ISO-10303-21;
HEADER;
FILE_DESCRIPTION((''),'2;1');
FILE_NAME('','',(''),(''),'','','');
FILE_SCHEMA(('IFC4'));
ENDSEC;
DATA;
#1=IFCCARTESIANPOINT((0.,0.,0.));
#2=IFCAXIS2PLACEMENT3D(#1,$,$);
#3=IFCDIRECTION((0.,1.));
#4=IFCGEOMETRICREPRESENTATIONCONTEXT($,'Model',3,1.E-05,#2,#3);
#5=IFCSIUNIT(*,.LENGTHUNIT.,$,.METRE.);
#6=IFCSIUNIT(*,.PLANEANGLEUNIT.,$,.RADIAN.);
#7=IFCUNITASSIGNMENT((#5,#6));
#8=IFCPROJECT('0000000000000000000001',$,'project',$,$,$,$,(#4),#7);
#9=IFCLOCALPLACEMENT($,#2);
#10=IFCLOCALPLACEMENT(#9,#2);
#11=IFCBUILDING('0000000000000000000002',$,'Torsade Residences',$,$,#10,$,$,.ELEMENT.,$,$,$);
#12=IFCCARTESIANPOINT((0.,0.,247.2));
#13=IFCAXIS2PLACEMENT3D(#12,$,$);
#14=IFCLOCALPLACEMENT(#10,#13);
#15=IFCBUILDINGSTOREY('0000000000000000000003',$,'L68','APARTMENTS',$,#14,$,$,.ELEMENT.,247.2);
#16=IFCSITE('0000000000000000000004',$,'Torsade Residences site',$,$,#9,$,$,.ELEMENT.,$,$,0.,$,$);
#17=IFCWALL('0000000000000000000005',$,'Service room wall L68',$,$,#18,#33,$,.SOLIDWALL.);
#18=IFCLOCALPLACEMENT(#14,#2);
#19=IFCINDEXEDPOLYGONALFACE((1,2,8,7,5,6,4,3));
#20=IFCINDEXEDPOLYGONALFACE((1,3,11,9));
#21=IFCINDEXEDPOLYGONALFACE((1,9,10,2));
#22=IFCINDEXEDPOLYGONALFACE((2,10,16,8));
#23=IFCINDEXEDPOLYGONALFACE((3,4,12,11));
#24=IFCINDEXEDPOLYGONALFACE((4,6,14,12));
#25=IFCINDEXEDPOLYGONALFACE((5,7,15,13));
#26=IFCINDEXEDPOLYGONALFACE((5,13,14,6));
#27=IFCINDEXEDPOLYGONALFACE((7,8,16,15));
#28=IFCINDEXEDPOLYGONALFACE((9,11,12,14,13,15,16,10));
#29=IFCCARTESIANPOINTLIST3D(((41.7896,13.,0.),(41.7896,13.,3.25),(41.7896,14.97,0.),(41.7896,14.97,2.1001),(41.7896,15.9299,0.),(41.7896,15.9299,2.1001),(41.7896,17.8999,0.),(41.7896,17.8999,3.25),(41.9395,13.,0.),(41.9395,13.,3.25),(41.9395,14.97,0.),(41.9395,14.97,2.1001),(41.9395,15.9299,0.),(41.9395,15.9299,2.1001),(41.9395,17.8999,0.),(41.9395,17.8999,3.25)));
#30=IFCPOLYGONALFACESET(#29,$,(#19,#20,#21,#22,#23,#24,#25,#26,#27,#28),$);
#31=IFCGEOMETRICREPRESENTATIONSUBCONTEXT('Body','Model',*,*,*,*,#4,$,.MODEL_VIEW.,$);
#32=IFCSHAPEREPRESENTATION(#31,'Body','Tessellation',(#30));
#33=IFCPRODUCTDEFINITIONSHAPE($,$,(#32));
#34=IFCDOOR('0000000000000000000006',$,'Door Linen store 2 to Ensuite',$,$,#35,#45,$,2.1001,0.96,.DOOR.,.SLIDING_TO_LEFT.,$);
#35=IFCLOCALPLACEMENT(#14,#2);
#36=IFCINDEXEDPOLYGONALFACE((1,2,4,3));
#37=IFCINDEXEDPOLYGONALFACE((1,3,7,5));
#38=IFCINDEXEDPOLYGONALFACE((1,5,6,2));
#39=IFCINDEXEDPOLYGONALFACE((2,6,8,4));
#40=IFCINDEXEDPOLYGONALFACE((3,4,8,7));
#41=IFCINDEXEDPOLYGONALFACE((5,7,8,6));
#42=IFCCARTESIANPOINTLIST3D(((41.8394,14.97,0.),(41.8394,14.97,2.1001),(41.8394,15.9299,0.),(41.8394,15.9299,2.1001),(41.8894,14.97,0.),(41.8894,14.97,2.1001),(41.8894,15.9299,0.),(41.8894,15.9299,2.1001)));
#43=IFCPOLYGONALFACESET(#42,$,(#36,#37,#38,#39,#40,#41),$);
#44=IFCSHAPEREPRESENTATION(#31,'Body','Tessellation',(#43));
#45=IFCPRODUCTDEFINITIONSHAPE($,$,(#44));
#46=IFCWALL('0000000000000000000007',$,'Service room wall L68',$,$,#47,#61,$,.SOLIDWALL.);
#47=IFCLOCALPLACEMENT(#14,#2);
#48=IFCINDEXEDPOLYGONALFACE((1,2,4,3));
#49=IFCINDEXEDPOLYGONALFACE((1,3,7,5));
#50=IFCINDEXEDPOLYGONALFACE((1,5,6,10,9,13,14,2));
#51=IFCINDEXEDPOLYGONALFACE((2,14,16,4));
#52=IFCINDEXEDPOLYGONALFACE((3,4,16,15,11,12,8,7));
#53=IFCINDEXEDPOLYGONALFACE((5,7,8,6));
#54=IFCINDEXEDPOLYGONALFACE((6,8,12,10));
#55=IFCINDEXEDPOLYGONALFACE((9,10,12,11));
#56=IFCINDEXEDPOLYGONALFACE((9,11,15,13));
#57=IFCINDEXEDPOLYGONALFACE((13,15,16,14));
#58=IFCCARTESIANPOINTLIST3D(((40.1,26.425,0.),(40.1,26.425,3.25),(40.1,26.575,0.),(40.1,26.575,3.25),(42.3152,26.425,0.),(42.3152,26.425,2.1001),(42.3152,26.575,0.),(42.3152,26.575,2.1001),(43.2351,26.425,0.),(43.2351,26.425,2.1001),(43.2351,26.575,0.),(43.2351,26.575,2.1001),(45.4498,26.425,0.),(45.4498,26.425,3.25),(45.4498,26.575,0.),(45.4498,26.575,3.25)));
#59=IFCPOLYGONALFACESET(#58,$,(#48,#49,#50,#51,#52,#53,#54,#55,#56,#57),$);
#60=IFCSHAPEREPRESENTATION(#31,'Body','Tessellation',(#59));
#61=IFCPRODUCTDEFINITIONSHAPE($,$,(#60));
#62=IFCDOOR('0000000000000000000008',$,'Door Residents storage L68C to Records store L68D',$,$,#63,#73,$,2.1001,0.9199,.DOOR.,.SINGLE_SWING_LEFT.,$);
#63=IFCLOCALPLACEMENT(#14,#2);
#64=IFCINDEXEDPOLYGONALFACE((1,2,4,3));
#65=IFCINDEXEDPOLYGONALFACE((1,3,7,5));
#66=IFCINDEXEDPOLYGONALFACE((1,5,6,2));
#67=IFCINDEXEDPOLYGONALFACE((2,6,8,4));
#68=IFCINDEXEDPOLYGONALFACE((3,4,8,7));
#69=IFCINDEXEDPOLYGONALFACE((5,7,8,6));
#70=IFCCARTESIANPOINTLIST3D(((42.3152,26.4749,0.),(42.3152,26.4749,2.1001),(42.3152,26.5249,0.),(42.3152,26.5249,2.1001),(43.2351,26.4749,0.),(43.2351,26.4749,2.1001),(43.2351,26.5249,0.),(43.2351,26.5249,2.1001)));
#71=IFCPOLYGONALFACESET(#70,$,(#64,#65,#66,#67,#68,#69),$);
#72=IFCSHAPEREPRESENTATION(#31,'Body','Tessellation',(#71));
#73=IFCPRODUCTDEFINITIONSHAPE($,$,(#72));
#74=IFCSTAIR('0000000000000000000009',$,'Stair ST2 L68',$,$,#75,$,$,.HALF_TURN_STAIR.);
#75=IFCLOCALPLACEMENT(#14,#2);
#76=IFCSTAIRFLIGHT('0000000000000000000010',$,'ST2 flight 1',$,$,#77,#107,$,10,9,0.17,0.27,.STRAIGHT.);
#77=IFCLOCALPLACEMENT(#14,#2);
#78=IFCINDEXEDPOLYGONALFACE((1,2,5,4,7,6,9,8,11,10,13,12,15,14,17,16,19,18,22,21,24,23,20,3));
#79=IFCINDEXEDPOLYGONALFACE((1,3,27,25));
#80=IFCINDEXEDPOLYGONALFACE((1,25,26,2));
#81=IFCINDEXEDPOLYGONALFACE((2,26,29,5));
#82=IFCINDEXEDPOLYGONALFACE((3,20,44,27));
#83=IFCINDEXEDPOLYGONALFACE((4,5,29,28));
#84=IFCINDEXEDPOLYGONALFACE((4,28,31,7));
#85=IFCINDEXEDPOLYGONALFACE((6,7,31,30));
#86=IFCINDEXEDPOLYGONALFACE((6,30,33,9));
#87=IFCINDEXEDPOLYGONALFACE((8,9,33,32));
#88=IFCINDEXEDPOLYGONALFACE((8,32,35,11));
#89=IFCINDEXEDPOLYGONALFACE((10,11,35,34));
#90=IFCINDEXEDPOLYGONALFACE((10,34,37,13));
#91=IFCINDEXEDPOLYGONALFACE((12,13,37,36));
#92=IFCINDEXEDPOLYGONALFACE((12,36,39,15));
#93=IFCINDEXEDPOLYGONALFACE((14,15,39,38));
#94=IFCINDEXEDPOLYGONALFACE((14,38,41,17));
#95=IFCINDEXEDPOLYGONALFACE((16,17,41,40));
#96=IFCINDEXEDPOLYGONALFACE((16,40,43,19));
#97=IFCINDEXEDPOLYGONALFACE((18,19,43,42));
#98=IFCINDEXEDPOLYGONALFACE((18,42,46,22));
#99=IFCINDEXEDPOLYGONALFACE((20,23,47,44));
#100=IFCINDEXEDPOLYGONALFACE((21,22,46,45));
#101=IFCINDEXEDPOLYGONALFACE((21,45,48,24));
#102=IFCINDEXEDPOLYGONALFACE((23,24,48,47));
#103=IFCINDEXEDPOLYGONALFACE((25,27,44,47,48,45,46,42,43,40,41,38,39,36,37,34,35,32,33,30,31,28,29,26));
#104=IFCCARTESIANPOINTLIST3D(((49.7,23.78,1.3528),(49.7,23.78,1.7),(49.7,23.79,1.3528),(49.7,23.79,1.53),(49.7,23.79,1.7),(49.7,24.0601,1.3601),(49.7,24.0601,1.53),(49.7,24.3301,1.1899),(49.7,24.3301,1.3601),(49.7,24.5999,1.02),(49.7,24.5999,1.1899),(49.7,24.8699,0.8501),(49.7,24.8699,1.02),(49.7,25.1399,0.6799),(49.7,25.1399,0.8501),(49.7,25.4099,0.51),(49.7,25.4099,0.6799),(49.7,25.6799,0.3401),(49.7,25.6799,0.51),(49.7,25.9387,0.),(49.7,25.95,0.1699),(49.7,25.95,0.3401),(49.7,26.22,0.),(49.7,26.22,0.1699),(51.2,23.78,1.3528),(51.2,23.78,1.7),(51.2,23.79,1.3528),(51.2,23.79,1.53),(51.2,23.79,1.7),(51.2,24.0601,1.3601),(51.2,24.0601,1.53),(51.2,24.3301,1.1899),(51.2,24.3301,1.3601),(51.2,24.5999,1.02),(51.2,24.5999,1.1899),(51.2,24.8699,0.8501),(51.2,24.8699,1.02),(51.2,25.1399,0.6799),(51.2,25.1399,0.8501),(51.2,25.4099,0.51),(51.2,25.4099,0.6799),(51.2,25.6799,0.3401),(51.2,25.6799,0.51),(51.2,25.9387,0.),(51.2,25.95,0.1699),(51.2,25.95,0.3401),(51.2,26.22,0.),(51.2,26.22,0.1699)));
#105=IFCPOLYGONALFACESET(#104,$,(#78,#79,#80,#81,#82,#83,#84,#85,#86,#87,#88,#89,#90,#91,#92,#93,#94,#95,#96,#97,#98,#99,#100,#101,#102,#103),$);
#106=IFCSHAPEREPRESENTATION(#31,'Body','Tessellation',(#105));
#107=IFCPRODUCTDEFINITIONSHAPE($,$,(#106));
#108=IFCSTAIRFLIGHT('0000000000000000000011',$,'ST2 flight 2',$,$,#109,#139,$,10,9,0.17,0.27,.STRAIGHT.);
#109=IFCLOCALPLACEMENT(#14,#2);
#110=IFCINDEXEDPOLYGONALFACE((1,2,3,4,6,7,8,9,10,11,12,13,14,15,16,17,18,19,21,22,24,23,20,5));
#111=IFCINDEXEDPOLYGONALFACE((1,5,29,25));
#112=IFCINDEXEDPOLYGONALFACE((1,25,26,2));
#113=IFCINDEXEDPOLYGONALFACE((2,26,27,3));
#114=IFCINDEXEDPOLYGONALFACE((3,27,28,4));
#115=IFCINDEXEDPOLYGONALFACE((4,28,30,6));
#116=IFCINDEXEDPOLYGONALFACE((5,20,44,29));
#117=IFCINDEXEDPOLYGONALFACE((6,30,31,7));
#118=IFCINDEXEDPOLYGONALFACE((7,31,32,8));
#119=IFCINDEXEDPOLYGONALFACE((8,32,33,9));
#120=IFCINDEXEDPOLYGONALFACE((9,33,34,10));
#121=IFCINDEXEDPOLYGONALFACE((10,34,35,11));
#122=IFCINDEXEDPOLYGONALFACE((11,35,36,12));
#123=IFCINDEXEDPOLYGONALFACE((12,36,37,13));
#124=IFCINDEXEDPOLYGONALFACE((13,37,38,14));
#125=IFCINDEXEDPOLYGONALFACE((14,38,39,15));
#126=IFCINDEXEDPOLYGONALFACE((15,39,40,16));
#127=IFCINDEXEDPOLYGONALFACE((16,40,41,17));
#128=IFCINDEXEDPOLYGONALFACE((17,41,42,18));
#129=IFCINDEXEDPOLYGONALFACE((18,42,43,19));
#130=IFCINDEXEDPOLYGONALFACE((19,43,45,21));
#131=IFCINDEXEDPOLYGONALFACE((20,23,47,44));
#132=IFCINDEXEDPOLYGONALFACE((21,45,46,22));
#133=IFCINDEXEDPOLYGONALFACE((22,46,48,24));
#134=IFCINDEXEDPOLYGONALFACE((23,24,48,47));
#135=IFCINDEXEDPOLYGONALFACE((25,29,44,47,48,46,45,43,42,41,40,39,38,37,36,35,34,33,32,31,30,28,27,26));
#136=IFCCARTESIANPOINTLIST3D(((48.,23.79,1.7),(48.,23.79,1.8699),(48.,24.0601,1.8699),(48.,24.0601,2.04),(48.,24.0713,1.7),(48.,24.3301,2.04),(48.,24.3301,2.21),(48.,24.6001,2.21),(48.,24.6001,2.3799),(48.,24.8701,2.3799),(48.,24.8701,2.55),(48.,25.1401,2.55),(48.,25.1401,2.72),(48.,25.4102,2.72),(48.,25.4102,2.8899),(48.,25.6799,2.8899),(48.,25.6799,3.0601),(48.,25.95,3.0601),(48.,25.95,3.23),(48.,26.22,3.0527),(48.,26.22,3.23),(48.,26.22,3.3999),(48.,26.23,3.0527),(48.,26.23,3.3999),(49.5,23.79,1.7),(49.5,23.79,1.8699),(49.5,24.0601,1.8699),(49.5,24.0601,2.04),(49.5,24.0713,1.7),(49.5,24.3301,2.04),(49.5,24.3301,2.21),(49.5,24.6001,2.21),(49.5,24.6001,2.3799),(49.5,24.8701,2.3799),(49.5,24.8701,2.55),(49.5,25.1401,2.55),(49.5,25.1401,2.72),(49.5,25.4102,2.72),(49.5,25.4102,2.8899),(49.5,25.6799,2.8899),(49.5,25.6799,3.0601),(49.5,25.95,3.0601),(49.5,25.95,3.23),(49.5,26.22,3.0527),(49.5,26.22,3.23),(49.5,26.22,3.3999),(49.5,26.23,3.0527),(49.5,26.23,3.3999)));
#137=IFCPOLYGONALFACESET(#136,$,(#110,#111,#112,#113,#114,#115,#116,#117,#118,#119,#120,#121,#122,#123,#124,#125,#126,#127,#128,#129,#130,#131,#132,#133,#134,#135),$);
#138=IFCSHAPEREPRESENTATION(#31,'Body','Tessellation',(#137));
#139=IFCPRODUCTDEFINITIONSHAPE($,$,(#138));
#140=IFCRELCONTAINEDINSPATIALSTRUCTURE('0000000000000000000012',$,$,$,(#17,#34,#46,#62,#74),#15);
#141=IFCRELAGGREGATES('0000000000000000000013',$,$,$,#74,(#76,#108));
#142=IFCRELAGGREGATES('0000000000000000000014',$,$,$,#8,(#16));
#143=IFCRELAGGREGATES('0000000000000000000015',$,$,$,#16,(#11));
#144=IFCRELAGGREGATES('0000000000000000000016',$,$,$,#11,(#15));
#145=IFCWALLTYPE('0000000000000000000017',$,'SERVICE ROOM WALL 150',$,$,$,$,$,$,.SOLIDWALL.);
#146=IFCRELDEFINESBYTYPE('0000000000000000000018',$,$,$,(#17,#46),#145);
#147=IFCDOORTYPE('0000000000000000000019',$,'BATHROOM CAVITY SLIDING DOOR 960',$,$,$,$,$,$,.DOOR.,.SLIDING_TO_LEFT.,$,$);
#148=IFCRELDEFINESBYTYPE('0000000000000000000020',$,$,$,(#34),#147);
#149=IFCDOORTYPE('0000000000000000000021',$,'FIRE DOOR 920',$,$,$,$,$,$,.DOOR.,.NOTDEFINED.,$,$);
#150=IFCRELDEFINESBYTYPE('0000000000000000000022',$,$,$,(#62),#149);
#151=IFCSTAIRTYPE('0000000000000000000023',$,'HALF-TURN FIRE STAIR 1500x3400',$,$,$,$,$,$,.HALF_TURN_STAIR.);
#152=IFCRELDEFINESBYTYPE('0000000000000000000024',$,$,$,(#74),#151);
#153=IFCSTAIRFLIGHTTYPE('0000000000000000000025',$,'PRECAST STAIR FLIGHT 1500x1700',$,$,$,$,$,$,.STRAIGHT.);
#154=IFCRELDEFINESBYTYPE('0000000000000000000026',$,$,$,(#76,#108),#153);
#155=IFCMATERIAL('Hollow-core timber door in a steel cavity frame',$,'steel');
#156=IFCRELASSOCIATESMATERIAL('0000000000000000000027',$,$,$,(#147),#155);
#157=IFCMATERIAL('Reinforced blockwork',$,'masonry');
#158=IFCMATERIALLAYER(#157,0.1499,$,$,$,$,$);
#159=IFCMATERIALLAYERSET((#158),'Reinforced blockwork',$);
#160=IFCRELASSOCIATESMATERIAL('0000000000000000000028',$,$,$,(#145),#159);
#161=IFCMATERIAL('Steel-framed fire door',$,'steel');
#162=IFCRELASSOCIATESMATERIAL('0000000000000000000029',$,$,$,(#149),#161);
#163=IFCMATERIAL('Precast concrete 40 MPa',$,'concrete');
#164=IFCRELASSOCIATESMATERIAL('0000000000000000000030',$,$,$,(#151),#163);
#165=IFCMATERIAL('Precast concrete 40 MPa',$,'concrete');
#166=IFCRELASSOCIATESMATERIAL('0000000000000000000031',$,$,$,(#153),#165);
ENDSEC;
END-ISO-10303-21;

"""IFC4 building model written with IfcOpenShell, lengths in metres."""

from ifc_helpers import new_model, si_unit, direction, frame, frame_2d, origin, place, context, subcontext, project, spatial, polyline, rectangle, outline, extrude, material, layer, layer_set, type_object, element, fill, aggregate, save


model = new_model("IFC4")

# Units and contexts
model_context = context("Model", 3, precision=1e-05, world=origin(), true_north=direction((0.0, 1.0)))
body_context = subcontext(model_context, "Body", "Model", "MODEL_VIEW")
ifc_project = project(units=[si_unit("LENGTHUNIT", "METRE"), si_unit("PLANEANGLEUNIT", "RADIAN")], contexts=[model_context])

# Site, building, storey
site_placement = place(None, origin())
site = spatial("IfcSite", under=ifc_project, at=site_placement, Name="Torsade Residences site", CompositionType="ELEMENT", RefElevation=0.0)
building_placement = place(site_placement, origin())
building = spatial("IfcBuilding", under=site, at=building_placement, Name="Torsade Residences", CompositionType="ELEMENT")
storey_placement = place(building_placement, frame((0.0, 0.0, 247.2)))
storey = spatial("IfcBuildingStorey", under=building, at=storey_placement, Name="L68", Description="APARTMENTS", CompositionType="ELEMENT", Elevation=247.2)

# Shared definitions
ifc_material_1 = material(Name="Hollow-core timber door in a steel cavity frame", Category="steel")
door_type_1 = type_object("IfcDoorType", Name="BATHROOM CAVITY SLIDING DOOR 960", OperationType="SLIDING_TO_LEFT", PredefinedType="DOOR", material=ifc_material_1)

# Walls, openings, doors
ifc_material_2 = material(Name="Reinforced blockwork", Category="masonry")
ifc_layer_1 = layer(ifc_material_2, 0.1499)
ifc_layer_set_1 = layer_set([ifc_layer_1], Name="Reinforced blockwork")
wall_type_1 = type_object("IfcWallType", Name="SERVICE ROOM WALL 150", PredefinedType="SOLIDWALL", material=ifc_layer_set_1)
ifc_material_3 = material(Name="Steel-framed fire door", Category="steel")
door_type_2 = type_object("IfcDoorType", Name="FIRE DOOR 920", OperationType="NOTDEFINED", PredefinedType="DOOR", material=ifc_material_3)
wall_1_placement = place(storey_placement, frame((41.8645, 17.8999, 0.0), z_axis=(0.0, 0.0, 1.0), x_axis=(0.0, -1.0, 0.0)))
wall_1 = element("IfcWall", 1, at=wall_1_placement, inside=storey, type_object=wall_type_1, Name="Service room wall L68", PredefinedType="SOLIDWALL", context=body_context, shape_type="SweptSolid", body=[
    extrude(rectangle(XDim=4.8999, YDim=0.1499, at=frame_2d((2.45, 0.0))), origin(), (0.0, 0.0, 1.0), 3.25),
])
opening_1_placement = place(wall_1_placement, frame((1.97, 0.0, 0.0)))
opening_1 = element("IfcOpeningElement", 2, at=opening_1_placement, cuts=wall_1, PredefinedType="OPENING", context=body_context, shape_type="SweptSolid", body=[
    extrude(rectangle(XDim=0.96, YDim=2.1001, at=frame_2d((0.48, 1.05))), frame((0.0, 0.085, 0.0), z_axis=(0.0, -1.0, 0.0), x_axis=(1.0, 0.0, 0.0)), (0.0, 0.0, 1.0), 0.1699),
])
door_1_placement = place(opening_1_placement, origin())
door_1 = element("IfcDoor", 3, at=door_1_placement, inside=storey, type_object=door_type_1, Name="Door Linen store 2 to Ensuite", OperationType="SLIDING_TO_LEFT", OverallHeight=2.1001, OverallWidth=0.96, PredefinedType="DOOR", context=body_context, shape_type="SweptSolid", body=[
    extrude(rectangle(XDim=0.96, YDim=2.1001, at=frame_2d((0.48, 1.05))), frame((0.0, 0.0249, 0.0), z_axis=(0.0, -1.0, 0.0), x_axis=(1.0, 0.0, 0.0)), (0.0, 0.0, 1.0), 0.05),
])
fill(opening_1, door_1)
wall_2_placement = place(storey_placement, frame((40.1001, 26.5, 0.0), z_axis=(0.0, 0.0, 1.0), x_axis=(1.0, 0.0, 0.0)))
wall_2 = element("IfcWall", 4, at=wall_2_placement, inside=storey, type_object=wall_type_1, Name="Service room wall L68", PredefinedType="SOLIDWALL", context=body_context, shape_type="SweptSolid", body=[
    extrude(rectangle(XDim=5.3499, YDim=0.1499, at=frame_2d((2.6748, 0.0))), origin(), (0.0, 0.0, 1.0), 3.25),
])
opening_2_placement = place(wall_2_placement, frame((2.2151, 0.0, 0.0)))
opening_2 = element("IfcOpeningElement", 5, at=opening_2_placement, cuts=wall_2, PredefinedType="OPENING", context=body_context, shape_type="SweptSolid", body=[
    extrude(rectangle(XDim=0.9199, YDim=2.1001, at=frame_2d((0.46, 1.05))), frame((0.0, 0.085, 0.0), z_axis=(0.0, -1.0, 0.0), x_axis=(1.0, 0.0, 0.0)), (0.0, 0.0, 1.0), 0.1699),
])
door_2_placement = place(opening_2_placement, origin())
door_2 = element("IfcDoor", 6, at=door_2_placement, inside=storey, type_object=door_type_2, Name="Door Residents storage L68C to Records store L68D", OperationType="SINGLE_SWING_LEFT", OverallHeight=2.1001, OverallWidth=0.9199, PredefinedType="DOOR", context=body_context, shape_type="SweptSolid", body=[
    extrude(rectangle(XDim=0.9199, YDim=2.1001, at=frame_2d((0.46, 1.05))), frame((0.0, 0.0249, 0.0), z_axis=(0.0, -1.0, 0.0), x_axis=(1.0, 0.0, 0.0)), (0.0, 0.0, 1.0), 0.05),
])
fill(opening_2, door_2)

# Stair, stair flights
ifc_material_4 = material(Name="Precast concrete 40 MPa", Category="concrete")
stair_type = type_object("IfcStairType", Name="HALF-TURN FIRE STAIR 1500x3400", PredefinedType="HALF_TURN_STAIR", material=ifc_material_4)
stair_placement = place(storey_placement, origin())
stair = element("IfcStair", 7, at=stair_placement, inside=storey, type_object=stair_type, Name="Stair ST2 L68", PredefinedType="HALF_TURN_STAIR")
ifc_material_5 = material(Name="Precast concrete 40 MPa", Category="concrete")
stair_flight_type = type_object("IfcStairFlightType", Name="PRECAST STAIR FLIGHT 1500x1700", PredefinedType="STRAIGHT", material=ifc_material_5)
stair_flight_1_placement = place(storey_placement, frame((50.45, 26.22, 0.0), z_axis=(0.0, 0.0, 1.0), x_axis=(0.0, -1.0, 0.0)))
stair_flight_1 = element("IfcStairFlight", 8, at=stair_flight_1_placement, type_object=stair_flight_type, Name="ST2 flight 1", NumberOfRisers=10, NumberOfTreads=9, PredefinedType="STRAIGHT", RiserHeight=0.17, TreadLength=0.27, context=body_context, shape_type="SweptSolid", body=[
    extrude(outline(polyline([(0.0, 0.0), (0.0, 0.1699), (0.27, 0.1699), (0.27, 0.3401), (0.54, 0.3401), (0.54, 0.51), (0.8101, 0.51), (0.8101, 0.6799), (1.0801, 0.6799), (1.0801, 0.8501), (1.3501, 0.8501), (1.3501, 1.02), (1.6201, 1.02), (1.6201, 1.1899), (1.8899, 1.1899), (1.8899, 1.3601), (2.1599, 1.3601), (2.1599, 1.53), (2.4299, 1.53), (2.4299, 1.7), (2.4399, 1.7), (2.4399, 1.3528), (2.4299, 1.3528), (0.2812, 0.0), (0.0, 0.0)])), frame((0.0, 0.75, 0.0), z_axis=(0.0, -1.0, 0.0), x_axis=(1.0, 0.0, 0.0)), (0.0, 0.0, 1.0), 1.5),
])
stair_flight_2_placement = place(storey_placement, frame((48.75, 23.79, 1.7), z_axis=(0.0, 0.0, 1.0), x_axis=(0.0, 1.0, 0.0)))
stair_flight_2 = element("IfcStairFlight", 9, at=stair_flight_2_placement, type_object=stair_flight_type, Name="ST2 flight 2", NumberOfRisers=10, NumberOfTreads=9, PredefinedType="STRAIGHT", RiserHeight=0.17, TreadLength=0.27, context=body_context, shape_type="SweptSolid", body=[
    extrude(outline(polyline([(0.0, 0.0), (0.0, 0.1699), (0.27, 0.1699), (0.27, 0.3401), (0.54, 0.3401), (0.54, 0.51), (0.8101, 0.51), (0.8101, 0.6799), (1.0801, 0.6799), (1.0801, 0.8501), (1.3501, 0.8501), (1.3501, 1.02), (1.6201, 1.02), (1.6201, 1.1899), (1.8899, 1.1899), (1.8899, 1.3601), (2.1599, 1.3601), (2.1599, 1.53), (2.4299, 1.53), (2.4299, 1.7), (2.4399, 1.7), (2.4399, 1.3528), (2.4299, 1.3528), (0.2812, 0.0), (0.0, 0.0)])), frame((0.0, 0.75, 0.0), z_axis=(0.0, -1.0, 0.0), x_axis=(1.0, 0.0, 0.0)), (0.0, 0.0, 1.0), 1.5),
])
aggregate(stair, [stair_flight_1, stair_flight_2])

save(model, "model.ifc")
